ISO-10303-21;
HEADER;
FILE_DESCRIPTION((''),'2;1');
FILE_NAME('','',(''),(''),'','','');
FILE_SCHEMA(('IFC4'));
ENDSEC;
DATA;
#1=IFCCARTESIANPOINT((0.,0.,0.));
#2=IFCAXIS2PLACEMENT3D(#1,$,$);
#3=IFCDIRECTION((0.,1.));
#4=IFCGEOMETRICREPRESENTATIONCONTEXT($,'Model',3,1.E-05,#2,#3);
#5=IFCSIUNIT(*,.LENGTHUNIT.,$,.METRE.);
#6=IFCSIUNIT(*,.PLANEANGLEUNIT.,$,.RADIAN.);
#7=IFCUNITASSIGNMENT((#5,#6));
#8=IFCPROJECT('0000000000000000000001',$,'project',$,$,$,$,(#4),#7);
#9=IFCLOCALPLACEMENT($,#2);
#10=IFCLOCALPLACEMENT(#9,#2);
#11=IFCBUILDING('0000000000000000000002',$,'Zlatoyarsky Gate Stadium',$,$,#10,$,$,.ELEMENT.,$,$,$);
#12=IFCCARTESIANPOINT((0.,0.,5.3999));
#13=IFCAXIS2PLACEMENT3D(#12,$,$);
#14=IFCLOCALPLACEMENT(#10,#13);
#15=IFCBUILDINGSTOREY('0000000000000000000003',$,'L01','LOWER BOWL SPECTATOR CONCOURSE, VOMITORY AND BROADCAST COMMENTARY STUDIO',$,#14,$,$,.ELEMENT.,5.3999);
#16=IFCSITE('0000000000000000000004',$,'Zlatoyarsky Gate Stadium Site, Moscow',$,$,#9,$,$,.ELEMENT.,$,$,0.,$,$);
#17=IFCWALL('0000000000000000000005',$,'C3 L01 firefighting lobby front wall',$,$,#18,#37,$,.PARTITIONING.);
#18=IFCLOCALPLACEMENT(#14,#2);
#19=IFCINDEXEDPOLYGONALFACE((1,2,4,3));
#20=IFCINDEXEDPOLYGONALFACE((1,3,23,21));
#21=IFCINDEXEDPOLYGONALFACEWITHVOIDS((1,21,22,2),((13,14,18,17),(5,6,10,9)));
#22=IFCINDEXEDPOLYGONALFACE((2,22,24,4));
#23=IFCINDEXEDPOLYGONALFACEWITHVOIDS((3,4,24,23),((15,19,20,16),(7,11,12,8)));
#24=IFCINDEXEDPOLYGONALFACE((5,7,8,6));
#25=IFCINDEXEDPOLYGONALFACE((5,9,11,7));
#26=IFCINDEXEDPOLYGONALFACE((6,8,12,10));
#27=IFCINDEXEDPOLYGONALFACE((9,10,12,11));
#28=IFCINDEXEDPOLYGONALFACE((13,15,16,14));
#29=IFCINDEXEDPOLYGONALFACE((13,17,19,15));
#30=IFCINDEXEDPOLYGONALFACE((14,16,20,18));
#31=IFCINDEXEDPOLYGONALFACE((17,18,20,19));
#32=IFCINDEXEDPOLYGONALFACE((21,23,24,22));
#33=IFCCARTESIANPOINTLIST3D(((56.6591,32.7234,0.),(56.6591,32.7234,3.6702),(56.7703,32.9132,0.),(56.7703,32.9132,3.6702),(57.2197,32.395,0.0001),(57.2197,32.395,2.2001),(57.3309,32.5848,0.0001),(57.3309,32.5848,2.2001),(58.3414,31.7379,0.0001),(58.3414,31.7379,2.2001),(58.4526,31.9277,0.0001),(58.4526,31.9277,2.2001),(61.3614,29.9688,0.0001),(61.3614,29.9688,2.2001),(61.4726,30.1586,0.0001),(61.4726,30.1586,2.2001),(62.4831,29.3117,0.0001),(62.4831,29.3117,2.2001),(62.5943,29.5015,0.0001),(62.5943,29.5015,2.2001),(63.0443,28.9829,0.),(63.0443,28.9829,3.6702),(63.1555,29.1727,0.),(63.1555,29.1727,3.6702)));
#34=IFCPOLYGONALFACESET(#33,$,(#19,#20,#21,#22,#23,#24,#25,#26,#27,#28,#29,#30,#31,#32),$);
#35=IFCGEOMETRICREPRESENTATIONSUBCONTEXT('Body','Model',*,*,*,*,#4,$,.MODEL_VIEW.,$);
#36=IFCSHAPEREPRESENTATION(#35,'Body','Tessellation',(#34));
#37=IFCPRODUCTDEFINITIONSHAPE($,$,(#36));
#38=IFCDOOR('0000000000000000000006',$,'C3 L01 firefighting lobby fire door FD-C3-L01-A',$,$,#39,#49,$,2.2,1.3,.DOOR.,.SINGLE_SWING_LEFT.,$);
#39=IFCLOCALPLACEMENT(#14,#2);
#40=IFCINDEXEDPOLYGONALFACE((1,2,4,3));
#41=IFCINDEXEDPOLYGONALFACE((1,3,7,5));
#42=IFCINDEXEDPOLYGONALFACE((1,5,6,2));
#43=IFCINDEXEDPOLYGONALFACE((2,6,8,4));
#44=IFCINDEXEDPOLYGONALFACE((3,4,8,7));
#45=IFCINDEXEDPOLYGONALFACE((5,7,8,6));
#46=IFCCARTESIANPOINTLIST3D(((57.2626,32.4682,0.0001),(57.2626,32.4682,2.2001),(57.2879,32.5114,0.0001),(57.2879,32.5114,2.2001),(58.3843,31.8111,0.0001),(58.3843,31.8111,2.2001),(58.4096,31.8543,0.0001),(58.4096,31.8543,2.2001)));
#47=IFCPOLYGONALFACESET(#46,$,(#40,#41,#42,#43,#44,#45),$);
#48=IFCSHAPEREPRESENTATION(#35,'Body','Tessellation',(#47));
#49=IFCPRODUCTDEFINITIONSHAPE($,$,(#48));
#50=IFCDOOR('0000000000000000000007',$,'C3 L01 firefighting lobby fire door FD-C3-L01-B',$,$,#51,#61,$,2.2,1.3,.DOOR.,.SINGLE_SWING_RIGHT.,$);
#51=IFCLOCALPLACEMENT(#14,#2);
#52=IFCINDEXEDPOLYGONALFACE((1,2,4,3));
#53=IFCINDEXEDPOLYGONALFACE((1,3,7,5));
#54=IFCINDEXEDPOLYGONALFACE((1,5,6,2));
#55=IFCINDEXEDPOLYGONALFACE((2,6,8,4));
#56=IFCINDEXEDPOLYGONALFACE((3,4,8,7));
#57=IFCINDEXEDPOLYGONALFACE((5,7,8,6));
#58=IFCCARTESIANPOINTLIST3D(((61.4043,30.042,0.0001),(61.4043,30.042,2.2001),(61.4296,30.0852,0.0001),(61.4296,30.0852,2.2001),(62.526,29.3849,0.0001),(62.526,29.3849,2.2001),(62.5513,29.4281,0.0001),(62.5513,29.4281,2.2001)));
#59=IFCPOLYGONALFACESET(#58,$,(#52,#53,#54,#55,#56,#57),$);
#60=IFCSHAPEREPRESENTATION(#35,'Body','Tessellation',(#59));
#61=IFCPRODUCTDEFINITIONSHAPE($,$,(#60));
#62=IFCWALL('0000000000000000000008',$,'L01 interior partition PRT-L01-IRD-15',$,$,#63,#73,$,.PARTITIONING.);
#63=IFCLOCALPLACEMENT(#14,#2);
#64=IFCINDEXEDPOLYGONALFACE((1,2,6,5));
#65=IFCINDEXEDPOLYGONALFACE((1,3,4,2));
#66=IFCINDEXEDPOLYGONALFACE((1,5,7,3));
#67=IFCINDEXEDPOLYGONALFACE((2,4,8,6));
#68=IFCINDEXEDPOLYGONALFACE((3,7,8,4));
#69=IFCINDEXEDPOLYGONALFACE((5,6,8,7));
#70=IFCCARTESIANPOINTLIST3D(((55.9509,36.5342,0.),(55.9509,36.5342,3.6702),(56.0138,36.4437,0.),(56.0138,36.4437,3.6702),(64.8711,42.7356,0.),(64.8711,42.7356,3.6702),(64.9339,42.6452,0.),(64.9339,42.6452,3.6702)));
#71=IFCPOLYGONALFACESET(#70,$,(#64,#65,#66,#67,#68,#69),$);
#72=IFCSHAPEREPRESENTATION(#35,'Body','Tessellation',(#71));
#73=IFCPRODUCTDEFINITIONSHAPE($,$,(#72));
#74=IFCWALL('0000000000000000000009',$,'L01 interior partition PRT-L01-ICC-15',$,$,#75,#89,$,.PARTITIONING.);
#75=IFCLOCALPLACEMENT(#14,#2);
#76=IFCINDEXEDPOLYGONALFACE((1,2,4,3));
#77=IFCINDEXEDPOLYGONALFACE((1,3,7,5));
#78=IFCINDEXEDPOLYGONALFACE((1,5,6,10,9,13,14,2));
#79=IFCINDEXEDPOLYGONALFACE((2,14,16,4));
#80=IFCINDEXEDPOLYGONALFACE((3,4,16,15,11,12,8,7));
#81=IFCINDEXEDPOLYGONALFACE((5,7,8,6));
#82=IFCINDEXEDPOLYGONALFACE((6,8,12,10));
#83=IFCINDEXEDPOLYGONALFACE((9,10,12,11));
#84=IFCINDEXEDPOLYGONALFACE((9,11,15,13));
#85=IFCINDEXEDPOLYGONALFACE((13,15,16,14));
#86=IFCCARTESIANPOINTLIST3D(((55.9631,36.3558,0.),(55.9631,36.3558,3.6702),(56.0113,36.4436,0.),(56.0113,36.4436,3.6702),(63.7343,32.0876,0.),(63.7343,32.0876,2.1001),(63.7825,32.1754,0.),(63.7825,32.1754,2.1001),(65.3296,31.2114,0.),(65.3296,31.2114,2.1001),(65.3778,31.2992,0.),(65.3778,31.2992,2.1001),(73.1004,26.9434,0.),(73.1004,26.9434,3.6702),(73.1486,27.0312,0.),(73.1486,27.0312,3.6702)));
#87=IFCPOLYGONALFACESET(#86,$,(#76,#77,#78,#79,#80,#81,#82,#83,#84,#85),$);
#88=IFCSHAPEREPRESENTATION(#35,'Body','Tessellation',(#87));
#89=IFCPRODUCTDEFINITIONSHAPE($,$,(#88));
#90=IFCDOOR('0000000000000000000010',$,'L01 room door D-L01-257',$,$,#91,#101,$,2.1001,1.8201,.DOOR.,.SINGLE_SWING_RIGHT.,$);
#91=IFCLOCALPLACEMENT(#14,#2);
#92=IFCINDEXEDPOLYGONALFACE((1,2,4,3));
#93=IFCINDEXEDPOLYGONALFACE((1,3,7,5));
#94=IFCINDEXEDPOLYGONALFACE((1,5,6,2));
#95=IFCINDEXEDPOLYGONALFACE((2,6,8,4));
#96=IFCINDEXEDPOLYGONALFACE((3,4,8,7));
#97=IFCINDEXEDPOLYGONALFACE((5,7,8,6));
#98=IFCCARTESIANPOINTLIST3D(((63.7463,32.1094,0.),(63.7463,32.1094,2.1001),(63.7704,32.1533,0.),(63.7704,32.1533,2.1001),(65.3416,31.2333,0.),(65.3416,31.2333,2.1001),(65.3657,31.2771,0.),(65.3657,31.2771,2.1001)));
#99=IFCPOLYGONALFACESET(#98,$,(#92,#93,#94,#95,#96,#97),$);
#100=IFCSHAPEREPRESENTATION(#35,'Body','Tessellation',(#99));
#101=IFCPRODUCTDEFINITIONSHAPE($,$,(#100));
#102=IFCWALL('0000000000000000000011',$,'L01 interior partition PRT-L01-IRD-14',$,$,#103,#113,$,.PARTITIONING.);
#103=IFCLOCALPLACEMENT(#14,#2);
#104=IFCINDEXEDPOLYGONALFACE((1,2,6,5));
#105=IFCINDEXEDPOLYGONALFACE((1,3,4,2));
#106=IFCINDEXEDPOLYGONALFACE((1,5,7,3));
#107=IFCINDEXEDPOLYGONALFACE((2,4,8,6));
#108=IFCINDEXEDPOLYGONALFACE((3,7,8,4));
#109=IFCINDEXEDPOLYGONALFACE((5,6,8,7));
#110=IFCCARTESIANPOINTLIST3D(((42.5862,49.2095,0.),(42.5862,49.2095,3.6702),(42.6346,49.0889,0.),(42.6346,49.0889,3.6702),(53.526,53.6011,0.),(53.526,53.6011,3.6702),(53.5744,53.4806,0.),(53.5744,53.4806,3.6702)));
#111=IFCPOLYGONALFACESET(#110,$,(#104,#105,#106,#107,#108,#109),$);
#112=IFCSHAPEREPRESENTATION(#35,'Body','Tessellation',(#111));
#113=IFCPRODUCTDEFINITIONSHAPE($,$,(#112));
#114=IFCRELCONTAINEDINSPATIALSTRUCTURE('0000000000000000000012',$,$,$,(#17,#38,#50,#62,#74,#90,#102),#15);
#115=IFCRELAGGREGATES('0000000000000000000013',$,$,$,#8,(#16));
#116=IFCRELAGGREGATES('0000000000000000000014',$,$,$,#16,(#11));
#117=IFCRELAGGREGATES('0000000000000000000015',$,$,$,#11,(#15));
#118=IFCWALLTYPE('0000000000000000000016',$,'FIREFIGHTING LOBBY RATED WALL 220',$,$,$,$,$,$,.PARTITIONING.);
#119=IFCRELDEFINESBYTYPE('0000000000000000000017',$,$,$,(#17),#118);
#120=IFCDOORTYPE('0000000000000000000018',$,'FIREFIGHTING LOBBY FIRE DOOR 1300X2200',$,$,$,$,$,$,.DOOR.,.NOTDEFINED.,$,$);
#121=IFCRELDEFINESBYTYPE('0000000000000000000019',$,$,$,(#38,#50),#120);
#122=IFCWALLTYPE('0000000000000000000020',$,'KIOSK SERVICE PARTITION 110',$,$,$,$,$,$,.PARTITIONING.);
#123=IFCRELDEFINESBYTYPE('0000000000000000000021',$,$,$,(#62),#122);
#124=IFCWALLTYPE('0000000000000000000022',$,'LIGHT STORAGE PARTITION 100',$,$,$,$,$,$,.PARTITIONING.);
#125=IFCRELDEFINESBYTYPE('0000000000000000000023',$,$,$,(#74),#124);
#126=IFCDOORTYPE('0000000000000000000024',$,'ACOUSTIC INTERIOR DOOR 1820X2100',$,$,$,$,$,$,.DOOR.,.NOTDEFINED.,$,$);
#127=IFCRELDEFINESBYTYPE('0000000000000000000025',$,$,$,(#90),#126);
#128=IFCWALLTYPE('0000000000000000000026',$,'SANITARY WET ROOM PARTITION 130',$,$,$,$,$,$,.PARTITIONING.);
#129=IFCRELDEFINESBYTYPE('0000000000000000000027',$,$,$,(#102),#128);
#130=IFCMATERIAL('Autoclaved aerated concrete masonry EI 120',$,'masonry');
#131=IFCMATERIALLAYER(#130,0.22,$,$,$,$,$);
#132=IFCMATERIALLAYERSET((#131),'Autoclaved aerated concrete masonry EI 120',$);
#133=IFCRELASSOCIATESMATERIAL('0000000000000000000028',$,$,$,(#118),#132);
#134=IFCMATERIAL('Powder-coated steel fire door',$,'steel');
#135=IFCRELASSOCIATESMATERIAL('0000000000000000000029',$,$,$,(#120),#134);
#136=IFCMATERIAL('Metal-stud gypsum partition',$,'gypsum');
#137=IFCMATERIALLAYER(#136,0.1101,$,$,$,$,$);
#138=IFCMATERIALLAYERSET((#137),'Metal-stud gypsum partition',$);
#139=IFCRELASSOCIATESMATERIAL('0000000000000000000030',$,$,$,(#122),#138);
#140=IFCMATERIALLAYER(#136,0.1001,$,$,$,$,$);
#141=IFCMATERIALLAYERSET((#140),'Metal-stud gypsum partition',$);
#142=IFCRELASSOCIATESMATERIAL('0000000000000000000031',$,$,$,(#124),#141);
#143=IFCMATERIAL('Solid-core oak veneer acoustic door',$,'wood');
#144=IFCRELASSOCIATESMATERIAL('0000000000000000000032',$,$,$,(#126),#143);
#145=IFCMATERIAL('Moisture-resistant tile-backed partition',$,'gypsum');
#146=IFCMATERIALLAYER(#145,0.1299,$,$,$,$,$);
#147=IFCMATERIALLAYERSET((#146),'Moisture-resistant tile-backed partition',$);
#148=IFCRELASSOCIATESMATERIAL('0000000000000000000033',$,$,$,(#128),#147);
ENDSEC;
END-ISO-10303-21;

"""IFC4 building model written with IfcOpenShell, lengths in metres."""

from ifc_helpers import new_model, si_unit, direction, frame, frame_2d, origin, place, context, subcontext, project, spatial, rectangle, extrude, material, layer, layer_set, type_object, element, fill, save


model = new_model("IFC4")

# Units and contexts
model_context = context("Model", 3, precision=1e-05, world=origin(), true_north=direction((0.0, 1.0)))
body_context = subcontext(model_context, "Body", "Model", "MODEL_VIEW")
ifc_project = project(units=[si_unit("LENGTHUNIT", "METRE"), si_unit("PLANEANGLEUNIT", "RADIAN")], contexts=[model_context])

# Site, building, storey
site_placement = place(None, origin())
site = spatial("IfcSite", under=ifc_project, at=site_placement, Name="Zlatoyarsky Gate Stadium Site, Moscow", CompositionType="ELEMENT", RefElevation=0.0)
building_placement = place(site_placement, origin())
building = spatial("IfcBuilding", under=site, at=building_placement, Name="Zlatoyarsky Gate Stadium", CompositionType="ELEMENT")
storey_placement = place(building_placement, frame((0.0, 0.0, 5.3999)))
storey = spatial("IfcBuildingStorey", under=building, at=storey_placement, Name="L01", Description="LOWER BOWL SPECTATOR CONCOURSE, VOMITORY AND BROADCAST COMMENTARY STUDIO", CompositionType="ELEMENT", Elevation=5.3999)

# Wall, openings, doors
ifc_material_1 = material(Name="Autoclaved aerated concrete masonry EI 120", Category="masonry")
ifc_layer_1 = layer(ifc_material_1, 0.22)
ifc_layer_set_1 = layer_set([ifc_layer_1], Name="Autoclaved aerated concrete masonry EI 120")
wall_type_1 = type_object("IfcWallType", Name="FIREFIGHTING LOBBY RATED WALL 220", PredefinedType="PARTITIONING", material=ifc_layer_set_1)
wall_1_placement = place(storey_placement, frame((56.7146, 32.8184, 0.0), z_axis=(0.0, 0.0, 1.0), x_axis=(0.862851, -0.505458, 0.0)))
wall_1 = element("IfcWall", 1, at=wall_1_placement, inside=storey, type_object=wall_type_1, Name="C3 L01 firefighting lobby front wall", PredefinedType="PARTITIONING", context=body_context, shape_type="SweptSolid", body=[
    extrude(rectangle(XDim=7.4001, YDim=0.22, at=frame_2d((3.7002, 0.0))), origin(), (0.0, 0.0, 1.0), 3.6702),
])
opening_1_placement = place(wall_1_placement, frame((0.6499, 0.0, 0.0)))
opening_1 = element("IfcOpeningElement", 2, at=opening_1_placement, cuts=wall_1, PredefinedType="OPENING", context=body_context, shape_type="SweptSolid", body=[
    extrude(rectangle(XDim=1.3, YDim=2.2, at=frame_2d((0.6499, 1.1001))), frame((0.0, 0.1199, 0.0), z_axis=(0.0, -1.0, 0.0), x_axis=(1.0, 0.0, 0.0)), (0.0, 0.0, 1.0), 0.24),
])
opening_2_placement = place(wall_1_placement, frame((5.45, 0.0, 0.0)))
opening_2 = element("IfcOpeningElement", 3, at=opening_2_placement, cuts=wall_1, PredefinedType="OPENING", context=body_context, shape_type="SweptSolid", body=[
    extrude(rectangle(XDim=1.3, YDim=2.2, at=frame_2d((0.6499, 1.1001))), frame((0.0, 0.1199, 0.0), z_axis=(0.0, -1.0, 0.0), x_axis=(1.0, 0.0, 0.0)), (0.0, 0.0, 1.0), 0.24),
])
ifc_material_2 = material(Name="Powder-coated steel fire door", Category="steel")
door_type_1 = type_object("IfcDoorType", Name="FIREFIGHTING LOBBY FIRE DOOR 1300X2200", OperationType="NOTDEFINED", PredefinedType="DOOR", material=ifc_material_2)
door_1_placement = place(opening_1_placement, origin())
door_1 = element("IfcDoor", 4, at=door_1_placement, inside=storey, type_object=door_type_1, Name="C3 L01 firefighting lobby fire door FD-C3-L01-A", OperationType="SINGLE_SWING_LEFT", OverallHeight=2.2, OverallWidth=1.3, PredefinedType="DOOR", context=body_context, shape_type="SweptSolid", body=[
    extrude(rectangle(XDim=1.3, YDim=2.2, at=frame_2d((0.6499, 1.1001))), frame((0.0, 0.0249, 0.0), z_axis=(0.0, -1.0, 0.0), x_axis=(1.0, 0.0, 0.0)), (0.0, 0.0, 1.0), 0.05),
])
fill(opening_1, door_1)
door_2_placement = place(opening_2_placement, origin())
door_2 = element("IfcDoor", 5, at=door_2_placement, inside=storey, type_object=door_type_1, Name="C3 L01 firefighting lobby fire door FD-C3-L01-B", OperationType="SINGLE_SWING_RIGHT", OverallHeight=2.2, OverallWidth=1.3, PredefinedType="DOOR", context=body_context, shape_type="SweptSolid", body=[
    extrude(rectangle(XDim=1.3, YDim=2.2, at=frame_2d((0.6499, 1.1001))), frame((0.0, 0.0249, 0.0), z_axis=(0.0, -1.0, 0.0), x_axis=(1.0, 0.0, 0.0)), (0.0, 0.0, 1.0), 0.05),
])
fill(opening_2, door_2)

# Wall
ifc_material_3 = material(Name="Metal-stud gypsum partition", Category="gypsum")
ifc_layer_2 = layer(ifc_material_3, 0.1101)
ifc_layer_set_2 = layer_set([ifc_layer_2], Name="Metal-stud gypsum partition")
wall_type_2 = type_object("IfcWallType", Name="KIOSK SERVICE PARTITION 110", PredefinedType="PARTITIONING", material=ifc_layer_set_2)
wall_2_placement = place(storey_placement, frame((64.9026, 42.6904, 0.0), z_axis=(0.0, 0.0, 1.0), x_axis=(-0.821074, -0.570822, 0.0)))
element("IfcWall", 6, at=wall_2_placement, inside=storey, type_object=wall_type_2, Name="L01 interior partition PRT-L01-IRD-15", PredefinedType="PARTITIONING", context=body_context, shape_type="SweptSolid", body=[
    extrude(rectangle(XDim=10.864, YDim=0.1101, at=frame_2d((5.4321, 0.0))), origin(), (0.0, 0.0, 1.0), 3.6702),
])

# Wall, opening, door
ifc_layer_3 = layer(ifc_material_3, 0.1001)
ifc_layer_set_3 = layer_set([ifc_layer_3], Name="Metal-stud gypsum partition")
wall_type_3 = type_object("IfcWallType", Name="LIGHT STORAGE PARTITION 100", PredefinedType="PARTITIONING", material=ifc_layer_set_3)
wall_3_placement = place(storey_placement, frame((55.9873, 36.3997, 0.0), z_axis=(0.0, 0.0, 1.0), x_axis=(0.876499, -0.481404, 0.0)))
wall_3 = element("IfcWall", 7, at=wall_3_placement, inside=storey, type_object=wall_type_3, Name="L01 interior partition PRT-L01-ICC-15", PredefinedType="PARTITIONING", context=body_context, shape_type="SweptSolid", body=[
    extrude(rectangle(XDim=19.552, YDim=0.1001, at=frame_2d((9.7759, 0.0))), origin(), (0.0, 0.0, 1.0), 3.6702),
])
opening_3_placement = place(wall_3_placement, frame((8.866, 0.0, 0.0)))
opening_3 = element("IfcOpeningElement", 8, at=opening_3_placement, cuts=wall_3, PredefinedType="OPENING", context=body_context, shape_type="SweptSolid", body=[
    extrude(rectangle(XDim=1.8201, YDim=2.1001, at=frame_2d((0.9102, 1.05))), frame((0.0, 0.0601, 0.0), z_axis=(0.0, -1.0, 0.0), x_axis=(1.0, 0.0, 0.0)), (0.0, 0.0, 1.0), 0.1201),
])
ifc_material_4 = material(Name="Solid-core oak veneer acoustic door", Category="wood")
door_type_2 = type_object("IfcDoorType", Name="ACOUSTIC INTERIOR DOOR 1820X2100", OperationType="NOTDEFINED", PredefinedType="DOOR", material=ifc_material_4)
door_3_placement = place(opening_3_placement, origin())
door_3 = element("IfcDoor", 9, at=door_3_placement, inside=storey, type_object=door_type_2, Name="L01 room door D-L01-257", OperationType="SINGLE_SWING_RIGHT", OverallHeight=2.1001, OverallWidth=1.8201, PredefinedType="DOOR", context=body_context, shape_type="SweptSolid", body=[
    extrude(rectangle(XDim=1.8201, YDim=2.1001, at=frame_2d((0.9102, 1.05))), frame((0.0, 0.0249, 0.0), z_axis=(0.0, -1.0, 0.0), x_axis=(1.0, 0.0, 0.0)), (0.0, 0.0, 1.0), 0.05),
])
fill(opening_3, door_3)

# Wall
ifc_material_5 = material(Name="Moisture-resistant tile-backed partition", Category="gypsum")
ifc_layer_4 = layer(ifc_material_5, 0.1299)
ifc_layer_set_4 = layer_set([ifc_layer_4], Name="Moisture-resistant tile-backed partition")
wall_type_4 = type_object("IfcWallType", Name="SANITARY WET ROOM PARTITION 130", PredefinedType="PARTITIONING", material=ifc_layer_set_4)
wall_4_placement = place(storey_placement, frame((53.55, 53.5408, 0.0), z_axis=(0.0, 0.0, 1.0), x_axis=(-0.928016, -0.37254, 0.0)))
element("IfcWall", 10, at=wall_4_placement, inside=storey, type_object=wall_type_4, Name="L01 interior partition PRT-L01-IRD-14", PredefinedType="PARTITIONING", context=body_context, shape_type="SweptSolid", body=[
    extrude(rectangle(XDim=11.7883, YDim=0.1299, at=frame_2d((5.894, 0.0))), origin(), (0.0, 0.0, 1.0), 3.6702),
])

save(model, "model.ifc")
